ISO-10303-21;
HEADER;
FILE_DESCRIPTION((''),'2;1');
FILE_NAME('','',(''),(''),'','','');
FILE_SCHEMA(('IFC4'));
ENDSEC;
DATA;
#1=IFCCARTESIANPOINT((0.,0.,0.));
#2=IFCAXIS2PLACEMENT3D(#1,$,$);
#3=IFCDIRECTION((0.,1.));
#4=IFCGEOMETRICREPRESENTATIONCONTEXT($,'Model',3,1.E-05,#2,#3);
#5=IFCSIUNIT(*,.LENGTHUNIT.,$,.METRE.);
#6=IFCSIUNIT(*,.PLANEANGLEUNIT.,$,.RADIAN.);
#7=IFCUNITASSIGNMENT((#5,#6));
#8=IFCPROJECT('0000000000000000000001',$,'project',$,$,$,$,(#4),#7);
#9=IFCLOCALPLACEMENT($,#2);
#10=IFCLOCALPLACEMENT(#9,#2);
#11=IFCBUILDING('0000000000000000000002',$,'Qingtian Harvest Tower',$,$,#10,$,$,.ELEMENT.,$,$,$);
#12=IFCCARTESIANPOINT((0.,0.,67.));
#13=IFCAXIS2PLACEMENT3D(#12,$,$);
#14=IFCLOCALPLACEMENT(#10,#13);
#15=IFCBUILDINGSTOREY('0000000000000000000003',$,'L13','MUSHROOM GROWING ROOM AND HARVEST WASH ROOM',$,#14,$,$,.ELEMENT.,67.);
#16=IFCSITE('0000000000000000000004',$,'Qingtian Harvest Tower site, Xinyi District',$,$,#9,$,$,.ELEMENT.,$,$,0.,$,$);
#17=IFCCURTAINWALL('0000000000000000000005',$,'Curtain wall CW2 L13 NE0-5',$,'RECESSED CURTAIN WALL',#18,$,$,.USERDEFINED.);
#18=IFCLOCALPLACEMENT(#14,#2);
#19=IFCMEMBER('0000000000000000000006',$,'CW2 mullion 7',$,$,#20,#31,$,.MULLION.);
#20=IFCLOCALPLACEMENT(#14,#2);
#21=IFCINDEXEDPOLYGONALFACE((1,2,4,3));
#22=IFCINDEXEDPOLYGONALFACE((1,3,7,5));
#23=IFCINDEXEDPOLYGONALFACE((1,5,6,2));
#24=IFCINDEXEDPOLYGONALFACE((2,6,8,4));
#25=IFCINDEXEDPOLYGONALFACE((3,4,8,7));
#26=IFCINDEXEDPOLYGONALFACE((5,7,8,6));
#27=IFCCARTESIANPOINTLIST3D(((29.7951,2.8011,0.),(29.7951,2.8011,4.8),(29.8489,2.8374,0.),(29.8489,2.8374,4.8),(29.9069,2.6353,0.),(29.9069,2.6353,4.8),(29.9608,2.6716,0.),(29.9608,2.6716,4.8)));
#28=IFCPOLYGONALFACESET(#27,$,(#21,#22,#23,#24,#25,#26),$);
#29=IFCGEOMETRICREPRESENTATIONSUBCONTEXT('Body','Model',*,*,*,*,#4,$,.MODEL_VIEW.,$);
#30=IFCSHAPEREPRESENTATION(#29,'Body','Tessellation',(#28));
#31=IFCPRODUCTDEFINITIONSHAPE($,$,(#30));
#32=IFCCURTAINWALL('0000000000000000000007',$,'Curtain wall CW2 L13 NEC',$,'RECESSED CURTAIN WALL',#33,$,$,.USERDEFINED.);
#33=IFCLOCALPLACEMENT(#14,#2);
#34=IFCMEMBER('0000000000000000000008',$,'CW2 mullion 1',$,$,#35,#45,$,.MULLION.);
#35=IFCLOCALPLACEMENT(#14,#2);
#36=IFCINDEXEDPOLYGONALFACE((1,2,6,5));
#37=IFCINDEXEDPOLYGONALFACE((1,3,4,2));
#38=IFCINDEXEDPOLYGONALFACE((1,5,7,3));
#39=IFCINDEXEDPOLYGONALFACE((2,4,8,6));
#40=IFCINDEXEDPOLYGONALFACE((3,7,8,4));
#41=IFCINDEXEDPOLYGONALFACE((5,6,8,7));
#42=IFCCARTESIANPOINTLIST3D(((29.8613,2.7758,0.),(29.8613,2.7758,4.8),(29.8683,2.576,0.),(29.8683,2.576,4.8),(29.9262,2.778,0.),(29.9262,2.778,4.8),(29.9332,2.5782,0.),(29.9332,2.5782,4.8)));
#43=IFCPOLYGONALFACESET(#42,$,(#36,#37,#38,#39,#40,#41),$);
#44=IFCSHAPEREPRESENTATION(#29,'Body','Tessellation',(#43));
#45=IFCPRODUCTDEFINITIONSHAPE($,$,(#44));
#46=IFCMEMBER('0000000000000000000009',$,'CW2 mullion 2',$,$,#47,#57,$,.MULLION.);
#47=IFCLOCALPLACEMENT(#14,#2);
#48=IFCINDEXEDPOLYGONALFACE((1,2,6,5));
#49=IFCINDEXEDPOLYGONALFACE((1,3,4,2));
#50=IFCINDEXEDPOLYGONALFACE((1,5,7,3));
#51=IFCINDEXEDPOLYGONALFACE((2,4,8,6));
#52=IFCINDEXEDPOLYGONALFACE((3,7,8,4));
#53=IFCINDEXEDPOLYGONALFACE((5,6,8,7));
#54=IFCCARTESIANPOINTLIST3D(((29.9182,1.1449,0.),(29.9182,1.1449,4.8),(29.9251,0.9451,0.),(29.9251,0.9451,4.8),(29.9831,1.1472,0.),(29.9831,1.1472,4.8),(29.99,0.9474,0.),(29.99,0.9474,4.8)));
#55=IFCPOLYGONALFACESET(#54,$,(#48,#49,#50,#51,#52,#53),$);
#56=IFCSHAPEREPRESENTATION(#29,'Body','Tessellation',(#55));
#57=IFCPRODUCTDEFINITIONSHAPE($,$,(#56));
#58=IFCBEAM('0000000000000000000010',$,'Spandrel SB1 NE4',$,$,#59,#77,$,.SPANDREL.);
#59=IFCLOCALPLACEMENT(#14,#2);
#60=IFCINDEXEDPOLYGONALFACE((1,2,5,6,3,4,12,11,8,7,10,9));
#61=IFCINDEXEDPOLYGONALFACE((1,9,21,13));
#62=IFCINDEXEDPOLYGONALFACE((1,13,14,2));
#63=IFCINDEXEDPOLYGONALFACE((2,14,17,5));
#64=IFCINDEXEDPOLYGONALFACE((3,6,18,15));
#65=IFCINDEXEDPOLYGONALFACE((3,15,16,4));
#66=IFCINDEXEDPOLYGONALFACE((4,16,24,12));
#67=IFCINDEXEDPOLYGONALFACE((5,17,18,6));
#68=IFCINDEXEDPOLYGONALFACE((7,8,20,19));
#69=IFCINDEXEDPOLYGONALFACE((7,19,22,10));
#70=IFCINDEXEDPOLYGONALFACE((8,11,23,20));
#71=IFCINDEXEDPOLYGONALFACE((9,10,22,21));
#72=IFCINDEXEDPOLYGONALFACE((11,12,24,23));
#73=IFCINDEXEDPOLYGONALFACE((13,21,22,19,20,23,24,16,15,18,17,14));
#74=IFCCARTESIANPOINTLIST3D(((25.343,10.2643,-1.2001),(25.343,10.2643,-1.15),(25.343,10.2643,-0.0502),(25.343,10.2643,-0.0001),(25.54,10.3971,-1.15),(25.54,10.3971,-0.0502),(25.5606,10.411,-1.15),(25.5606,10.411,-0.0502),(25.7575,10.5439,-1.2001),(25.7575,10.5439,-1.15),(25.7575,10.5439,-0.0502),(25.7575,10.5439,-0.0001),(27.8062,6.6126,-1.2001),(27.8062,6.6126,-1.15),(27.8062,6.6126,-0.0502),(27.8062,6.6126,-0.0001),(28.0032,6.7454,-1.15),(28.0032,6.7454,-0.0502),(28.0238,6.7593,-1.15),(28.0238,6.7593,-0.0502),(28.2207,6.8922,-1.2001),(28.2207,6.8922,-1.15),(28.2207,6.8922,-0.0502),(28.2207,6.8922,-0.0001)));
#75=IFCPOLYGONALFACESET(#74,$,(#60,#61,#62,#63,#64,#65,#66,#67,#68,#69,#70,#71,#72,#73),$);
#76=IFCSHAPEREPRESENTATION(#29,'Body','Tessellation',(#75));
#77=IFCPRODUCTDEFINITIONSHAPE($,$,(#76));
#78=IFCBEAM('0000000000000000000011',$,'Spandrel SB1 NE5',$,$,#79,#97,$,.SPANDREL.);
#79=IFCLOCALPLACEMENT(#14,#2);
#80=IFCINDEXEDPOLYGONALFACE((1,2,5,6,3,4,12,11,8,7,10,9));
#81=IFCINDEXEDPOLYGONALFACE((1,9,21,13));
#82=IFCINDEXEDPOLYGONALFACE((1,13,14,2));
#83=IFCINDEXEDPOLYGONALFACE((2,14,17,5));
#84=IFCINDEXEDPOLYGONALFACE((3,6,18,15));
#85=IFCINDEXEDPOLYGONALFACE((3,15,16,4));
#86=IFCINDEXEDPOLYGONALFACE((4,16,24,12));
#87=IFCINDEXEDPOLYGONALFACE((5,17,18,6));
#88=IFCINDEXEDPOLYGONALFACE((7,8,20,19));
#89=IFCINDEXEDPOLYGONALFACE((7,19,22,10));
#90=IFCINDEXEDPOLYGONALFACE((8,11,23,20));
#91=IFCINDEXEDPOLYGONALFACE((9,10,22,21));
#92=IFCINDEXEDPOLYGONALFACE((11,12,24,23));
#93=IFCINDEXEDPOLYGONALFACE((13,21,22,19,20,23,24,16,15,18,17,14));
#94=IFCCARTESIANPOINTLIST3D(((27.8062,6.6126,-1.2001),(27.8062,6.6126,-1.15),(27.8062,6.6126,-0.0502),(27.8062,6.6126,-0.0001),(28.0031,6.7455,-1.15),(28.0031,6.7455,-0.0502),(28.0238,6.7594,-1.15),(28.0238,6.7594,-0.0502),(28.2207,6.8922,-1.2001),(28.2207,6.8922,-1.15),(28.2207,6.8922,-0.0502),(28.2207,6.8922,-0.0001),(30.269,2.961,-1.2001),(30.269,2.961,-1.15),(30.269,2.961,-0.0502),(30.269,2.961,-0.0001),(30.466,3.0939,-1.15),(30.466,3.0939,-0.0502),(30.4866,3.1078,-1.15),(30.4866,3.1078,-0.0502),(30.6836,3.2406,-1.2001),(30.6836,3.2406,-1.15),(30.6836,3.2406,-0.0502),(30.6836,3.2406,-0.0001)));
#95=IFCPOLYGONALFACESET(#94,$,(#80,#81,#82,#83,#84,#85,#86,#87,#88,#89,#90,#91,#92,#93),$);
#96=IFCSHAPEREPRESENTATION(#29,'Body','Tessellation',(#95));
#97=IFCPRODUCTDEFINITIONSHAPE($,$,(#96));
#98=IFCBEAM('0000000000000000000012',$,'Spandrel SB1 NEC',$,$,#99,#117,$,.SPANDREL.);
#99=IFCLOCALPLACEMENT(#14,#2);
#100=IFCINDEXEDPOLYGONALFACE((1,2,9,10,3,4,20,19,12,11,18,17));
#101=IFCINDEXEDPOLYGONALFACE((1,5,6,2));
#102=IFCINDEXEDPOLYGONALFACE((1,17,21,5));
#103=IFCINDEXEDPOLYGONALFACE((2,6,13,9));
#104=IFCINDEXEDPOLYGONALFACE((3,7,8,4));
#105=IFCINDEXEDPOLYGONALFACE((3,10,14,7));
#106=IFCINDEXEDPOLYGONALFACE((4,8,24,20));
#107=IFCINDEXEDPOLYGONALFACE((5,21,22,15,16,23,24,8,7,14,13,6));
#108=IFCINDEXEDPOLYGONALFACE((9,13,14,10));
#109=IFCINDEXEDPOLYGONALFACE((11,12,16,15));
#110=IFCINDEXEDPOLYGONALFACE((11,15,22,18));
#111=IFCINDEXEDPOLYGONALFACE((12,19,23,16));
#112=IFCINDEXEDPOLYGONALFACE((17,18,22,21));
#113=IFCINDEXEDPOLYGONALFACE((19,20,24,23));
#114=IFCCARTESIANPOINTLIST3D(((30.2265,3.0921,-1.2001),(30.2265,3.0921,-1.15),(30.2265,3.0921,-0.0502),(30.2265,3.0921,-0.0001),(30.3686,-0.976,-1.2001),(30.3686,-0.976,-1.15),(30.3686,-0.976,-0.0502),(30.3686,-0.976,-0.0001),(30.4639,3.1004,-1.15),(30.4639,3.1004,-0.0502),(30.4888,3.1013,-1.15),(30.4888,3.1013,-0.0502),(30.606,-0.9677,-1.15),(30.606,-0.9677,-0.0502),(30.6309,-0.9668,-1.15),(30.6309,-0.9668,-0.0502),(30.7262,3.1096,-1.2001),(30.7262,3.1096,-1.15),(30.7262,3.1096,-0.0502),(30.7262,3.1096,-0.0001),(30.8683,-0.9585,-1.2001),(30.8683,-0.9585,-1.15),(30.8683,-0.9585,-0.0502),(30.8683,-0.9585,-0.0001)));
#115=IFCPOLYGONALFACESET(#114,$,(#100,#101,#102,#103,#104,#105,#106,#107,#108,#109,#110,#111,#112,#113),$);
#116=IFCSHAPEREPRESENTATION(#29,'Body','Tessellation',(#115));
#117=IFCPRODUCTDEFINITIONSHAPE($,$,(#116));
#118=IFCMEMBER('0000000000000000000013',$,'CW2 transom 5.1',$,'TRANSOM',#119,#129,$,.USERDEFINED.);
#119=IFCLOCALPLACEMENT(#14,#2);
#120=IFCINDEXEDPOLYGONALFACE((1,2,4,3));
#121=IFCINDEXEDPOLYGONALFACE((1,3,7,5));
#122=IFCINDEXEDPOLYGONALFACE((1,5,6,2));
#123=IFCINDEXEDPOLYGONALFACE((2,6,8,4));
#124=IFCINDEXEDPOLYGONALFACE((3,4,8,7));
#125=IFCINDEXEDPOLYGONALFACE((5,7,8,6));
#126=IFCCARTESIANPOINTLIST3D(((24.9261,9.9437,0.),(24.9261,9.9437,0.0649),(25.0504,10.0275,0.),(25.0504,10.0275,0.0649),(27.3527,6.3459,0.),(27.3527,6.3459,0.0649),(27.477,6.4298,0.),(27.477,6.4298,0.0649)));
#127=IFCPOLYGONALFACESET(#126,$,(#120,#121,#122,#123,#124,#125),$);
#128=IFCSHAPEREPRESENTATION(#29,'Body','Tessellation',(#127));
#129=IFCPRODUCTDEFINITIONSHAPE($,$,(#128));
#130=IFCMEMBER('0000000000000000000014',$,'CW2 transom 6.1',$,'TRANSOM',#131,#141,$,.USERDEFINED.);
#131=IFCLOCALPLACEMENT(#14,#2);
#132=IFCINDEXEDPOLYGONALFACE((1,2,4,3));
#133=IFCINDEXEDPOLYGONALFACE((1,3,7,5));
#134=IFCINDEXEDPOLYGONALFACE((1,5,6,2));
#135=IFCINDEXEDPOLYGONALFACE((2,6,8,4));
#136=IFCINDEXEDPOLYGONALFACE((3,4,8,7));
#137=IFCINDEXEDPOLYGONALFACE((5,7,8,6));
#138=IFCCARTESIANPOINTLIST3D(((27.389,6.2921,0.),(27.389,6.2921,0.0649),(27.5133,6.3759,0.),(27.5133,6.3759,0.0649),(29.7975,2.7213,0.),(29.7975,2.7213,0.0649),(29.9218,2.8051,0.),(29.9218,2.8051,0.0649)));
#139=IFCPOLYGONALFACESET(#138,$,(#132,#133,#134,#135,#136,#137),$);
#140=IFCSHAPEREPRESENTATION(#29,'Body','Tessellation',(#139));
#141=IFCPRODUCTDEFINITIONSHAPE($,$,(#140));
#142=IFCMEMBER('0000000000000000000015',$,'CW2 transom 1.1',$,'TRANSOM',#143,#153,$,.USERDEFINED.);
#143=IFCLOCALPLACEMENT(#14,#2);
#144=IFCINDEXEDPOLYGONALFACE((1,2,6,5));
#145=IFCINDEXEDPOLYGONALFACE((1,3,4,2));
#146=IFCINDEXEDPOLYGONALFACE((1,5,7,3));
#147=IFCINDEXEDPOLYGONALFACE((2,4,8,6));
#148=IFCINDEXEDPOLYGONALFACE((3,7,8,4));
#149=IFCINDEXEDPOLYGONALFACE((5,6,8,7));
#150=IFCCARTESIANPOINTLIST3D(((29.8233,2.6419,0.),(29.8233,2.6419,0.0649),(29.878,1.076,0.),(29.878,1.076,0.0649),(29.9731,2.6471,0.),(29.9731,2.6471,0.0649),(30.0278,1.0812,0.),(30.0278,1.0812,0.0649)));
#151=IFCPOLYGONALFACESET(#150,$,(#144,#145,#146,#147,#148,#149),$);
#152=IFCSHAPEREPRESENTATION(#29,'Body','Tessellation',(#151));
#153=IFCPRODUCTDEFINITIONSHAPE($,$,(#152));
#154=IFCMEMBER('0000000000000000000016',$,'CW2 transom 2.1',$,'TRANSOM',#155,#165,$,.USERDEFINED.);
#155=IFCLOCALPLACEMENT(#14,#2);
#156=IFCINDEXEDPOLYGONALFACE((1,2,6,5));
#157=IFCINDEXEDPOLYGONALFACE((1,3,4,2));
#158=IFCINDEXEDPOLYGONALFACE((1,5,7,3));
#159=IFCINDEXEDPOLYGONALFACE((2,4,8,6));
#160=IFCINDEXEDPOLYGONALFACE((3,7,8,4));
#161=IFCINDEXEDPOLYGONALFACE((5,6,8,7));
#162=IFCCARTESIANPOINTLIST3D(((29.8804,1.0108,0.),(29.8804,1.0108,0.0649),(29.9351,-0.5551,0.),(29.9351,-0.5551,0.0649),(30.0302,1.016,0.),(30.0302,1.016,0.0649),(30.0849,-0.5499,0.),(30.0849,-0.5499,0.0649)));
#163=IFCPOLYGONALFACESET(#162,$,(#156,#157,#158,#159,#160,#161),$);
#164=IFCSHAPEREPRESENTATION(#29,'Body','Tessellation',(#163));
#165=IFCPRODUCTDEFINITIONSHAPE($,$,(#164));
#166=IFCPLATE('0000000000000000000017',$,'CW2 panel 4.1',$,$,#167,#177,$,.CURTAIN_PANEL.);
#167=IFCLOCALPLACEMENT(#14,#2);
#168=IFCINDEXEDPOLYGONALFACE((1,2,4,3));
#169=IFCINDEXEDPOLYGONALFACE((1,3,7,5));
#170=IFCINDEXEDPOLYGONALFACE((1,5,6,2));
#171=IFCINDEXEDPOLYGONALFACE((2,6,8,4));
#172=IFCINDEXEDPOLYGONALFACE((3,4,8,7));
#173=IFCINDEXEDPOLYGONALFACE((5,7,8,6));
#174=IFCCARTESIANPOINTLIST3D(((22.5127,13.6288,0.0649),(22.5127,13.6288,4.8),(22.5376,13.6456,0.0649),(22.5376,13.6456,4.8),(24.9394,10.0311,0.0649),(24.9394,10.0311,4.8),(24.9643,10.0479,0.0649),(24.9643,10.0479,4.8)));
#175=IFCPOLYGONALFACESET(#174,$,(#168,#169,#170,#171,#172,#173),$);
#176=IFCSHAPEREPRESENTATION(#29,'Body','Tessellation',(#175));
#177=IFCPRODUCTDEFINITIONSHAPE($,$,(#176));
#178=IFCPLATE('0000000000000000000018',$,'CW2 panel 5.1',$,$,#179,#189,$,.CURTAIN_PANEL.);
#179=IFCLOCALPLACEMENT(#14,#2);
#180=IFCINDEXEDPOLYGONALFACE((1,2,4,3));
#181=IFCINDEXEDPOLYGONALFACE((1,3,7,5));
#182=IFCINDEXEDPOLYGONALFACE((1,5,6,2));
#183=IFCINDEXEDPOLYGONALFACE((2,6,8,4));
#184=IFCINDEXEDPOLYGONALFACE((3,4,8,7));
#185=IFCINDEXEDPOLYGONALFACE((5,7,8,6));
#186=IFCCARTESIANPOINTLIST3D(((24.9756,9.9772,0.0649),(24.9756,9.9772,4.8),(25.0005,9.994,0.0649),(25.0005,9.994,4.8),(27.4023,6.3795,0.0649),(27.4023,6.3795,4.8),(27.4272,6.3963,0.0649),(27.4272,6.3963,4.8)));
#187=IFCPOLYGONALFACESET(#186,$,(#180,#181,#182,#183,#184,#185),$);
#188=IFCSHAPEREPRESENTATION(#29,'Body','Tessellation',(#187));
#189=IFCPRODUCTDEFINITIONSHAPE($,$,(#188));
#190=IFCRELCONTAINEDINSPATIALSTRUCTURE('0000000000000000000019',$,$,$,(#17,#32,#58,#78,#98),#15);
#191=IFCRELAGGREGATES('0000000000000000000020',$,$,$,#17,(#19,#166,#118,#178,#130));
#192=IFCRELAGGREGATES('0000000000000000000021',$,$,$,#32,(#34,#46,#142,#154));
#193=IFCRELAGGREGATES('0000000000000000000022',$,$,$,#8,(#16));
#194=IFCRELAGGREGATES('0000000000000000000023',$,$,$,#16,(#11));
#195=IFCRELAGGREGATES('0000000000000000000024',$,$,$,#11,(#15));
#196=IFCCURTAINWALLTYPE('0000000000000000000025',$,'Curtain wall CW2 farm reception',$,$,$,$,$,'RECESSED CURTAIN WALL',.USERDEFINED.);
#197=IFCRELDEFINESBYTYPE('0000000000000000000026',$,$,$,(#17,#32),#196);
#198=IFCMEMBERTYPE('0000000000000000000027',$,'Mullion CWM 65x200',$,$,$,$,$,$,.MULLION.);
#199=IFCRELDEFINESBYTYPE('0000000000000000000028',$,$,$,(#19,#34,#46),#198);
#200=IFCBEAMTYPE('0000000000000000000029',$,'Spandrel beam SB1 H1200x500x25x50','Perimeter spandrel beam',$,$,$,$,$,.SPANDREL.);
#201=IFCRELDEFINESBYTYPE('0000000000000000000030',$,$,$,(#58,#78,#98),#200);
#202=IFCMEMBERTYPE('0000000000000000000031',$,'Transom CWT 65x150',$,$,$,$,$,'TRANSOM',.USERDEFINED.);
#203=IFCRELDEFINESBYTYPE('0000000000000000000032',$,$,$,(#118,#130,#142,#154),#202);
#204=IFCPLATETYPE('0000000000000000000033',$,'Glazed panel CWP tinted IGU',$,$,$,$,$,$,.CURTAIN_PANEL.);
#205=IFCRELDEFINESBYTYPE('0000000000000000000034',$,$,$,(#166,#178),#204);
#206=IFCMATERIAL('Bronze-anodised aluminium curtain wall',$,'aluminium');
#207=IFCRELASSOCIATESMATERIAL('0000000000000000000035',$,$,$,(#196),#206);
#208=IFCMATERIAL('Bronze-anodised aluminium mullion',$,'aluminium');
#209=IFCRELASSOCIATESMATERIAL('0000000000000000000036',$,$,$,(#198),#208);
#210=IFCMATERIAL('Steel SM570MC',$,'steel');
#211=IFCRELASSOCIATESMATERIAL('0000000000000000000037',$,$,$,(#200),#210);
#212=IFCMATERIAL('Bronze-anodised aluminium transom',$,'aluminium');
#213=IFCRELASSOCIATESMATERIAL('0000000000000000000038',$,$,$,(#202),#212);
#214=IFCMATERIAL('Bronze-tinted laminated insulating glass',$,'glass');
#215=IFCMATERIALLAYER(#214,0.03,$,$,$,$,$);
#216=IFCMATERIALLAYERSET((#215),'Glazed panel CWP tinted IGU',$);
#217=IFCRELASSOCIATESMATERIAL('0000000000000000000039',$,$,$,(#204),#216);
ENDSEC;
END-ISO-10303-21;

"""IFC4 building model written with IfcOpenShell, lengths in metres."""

from ifc_helpers import new_model, si_unit, direction, frame, origin, origin_2d, place, context, subcontext, project, spatial, rectangle, i_section, extrude, material, layer, layer_set, material_profile, profile_set, type_object, element, aggregate, save


model = new_model("IFC4")

# Units and contexts
model_context = context("Model", 3, precision=1e-05, world=origin(), true_north=direction((0.0, 1.0)))
body_context = subcontext(model_context, "Body", "Model", "MODEL_VIEW")
ifc_project = project(units=[si_unit("LENGTHUNIT", "METRE"), si_unit("PLANEANGLEUNIT", "RADIAN")], contexts=[model_context])

# Site, building, storey
site_placement = place(None, origin())
site = spatial("IfcSite", under=ifc_project, at=site_placement, Name="Qingtian Harvest Tower site, Xinyi District", CompositionType="ELEMENT", RefElevation=0.0)
building_placement = place(site_placement, origin())
building = spatial("IfcBuilding", under=site, at=building_placement, Name="Qingtian Harvest Tower", CompositionType="ELEMENT")
storey_placement = place(building_placement, frame((0.0, 0.0, 67.0)))
storey = spatial("IfcBuildingStorey", under=building, at=storey_placement, Name="L13", Description="MUSHROOM GROWING ROOM AND HARVEST WASH ROOM", CompositionType="ELEMENT", Elevation=67.0)

# Curtain walls, members
ifc_material_1 = material(Name="Bronze-anodised aluminium curtain wall", Category="aluminium")
curtain_wall_type = type_object("IfcCurtainWallType", Name="Curtain wall CW2 farm reception", ElementType="RECESSED CURTAIN WALL", PredefinedType="USERDEFINED", material=ifc_material_1)
curtain_wall_1_placement = place(storey_placement, origin())
curtain_wall_1 = element("IfcCurtainWall", 1, at=curtain_wall_1_placement, inside=storey, type_object=curtain_wall_type, Name="Curtain wall CW2 L13 NE0-5", ObjectType="RECESSED CURTAIN WALL", PredefinedType="USERDEFINED")
ifc_material_2 = material(Name="Bronze-anodised aluminium mullion", Category="aluminium")
ifc_material_profile_1 = material_profile(ifc_material_2, rectangle(XDim=0.0649, YDim=0.2, at=origin_2d()), Name="AL 65x200")
ifc_profile_set_1 = profile_set([ifc_material_profile_1], Name="Bronze-anodised aluminium mullion")
member_type_1 = type_object("IfcMemberType", Name="Mullion CWM 65x200", PredefinedType="MULLION", material=ifc_profile_set_1)
member_1_placement = place(storey_placement, frame((29.8779, 2.7363, 0.0), z_axis=(0.0, 0.0, 1.0), x_axis=(0.829038, 0.559193, 0.0)))
member_1 = element("IfcMember", 2, at=member_1_placement, type_object=member_type_1, Name="CW2 mullion 7", PredefinedType="MULLION", context=body_context, shape_type="SweptSolid", body=[
    extrude(rectangle(XDim=0.0649, YDim=0.2, at=origin_2d()), origin(), (0.0, 0.0, 1.0), 4.8),
])
curtain_wall_2_placement = place(storey_placement, origin())
curtain_wall_2 = element("IfcCurtainWall", 3, at=curtain_wall_2_placement, inside=storey, type_object=curtain_wall_type, Name="Curtain wall CW2 L13 NEC", ObjectType="RECESSED CURTAIN WALL", PredefinedType="USERDEFINED")
member_2_placement = place(storey_placement, frame((29.8972, 2.677, 0.0), z_axis=(0.0, 0.0, 1.0), x_axis=(0.999391, 0.034899, 0.0)))
member_2 = element("IfcMember", 4, at=member_2_placement, type_object=member_type_1, Name="CW2 mullion 1", PredefinedType="MULLION", context=body_context, shape_type="SweptSolid", body=[
    extrude(rectangle(XDim=0.0649, YDim=0.2, at=origin_2d()), origin(), (0.0, 0.0, 1.0), 4.8),
])
member_3_placement = place(storey_placement, frame((29.9541, 1.0461, 0.0), z_axis=(0.0, 0.0, 1.0), x_axis=(0.999391, 0.034899, 0.0)))
member_3 = element("IfcMember", 5, at=member_3_placement, type_object=member_type_1, Name="CW2 mullion 2", PredefinedType="MULLION", context=body_context, shape_type="SweptSolid", body=[
    extrude(rectangle(XDim=0.0649, YDim=0.2, at=origin_2d()), origin(), (0.0, 0.0, 1.0), 4.8),
])

# Beams
ifc_material_3 = material(Name="Steel SM570MC", Category="steel")
ifc_material_profile_2 = material_profile(ifc_material_3, i_section(OverallWidth=0.5, OverallDepth=1.2, WebThickness=0.0249, FlangeThickness=0.05, at=origin_2d()), Name="H1200x500x25x50")
ifc_profile_set_2 = profile_set([ifc_material_profile_2], Name="Steel SM570MC")
beam_type_1 = type_object("IfcBeamType", Name="Spandrel beam SB1 H1200x500x25x50", Description="Perimeter spandrel beam", PredefinedType="SPANDREL", material=ifc_profile_set_2)
beam_1_placement = place(storey_placement, frame((25.5503, 10.4041, -0.6001), z_axis=(0.559207, -0.829028, 0.0), x_axis=(0.829028, 0.559207, 0.0)))
element("IfcBeam", 6, at=beam_1_placement, inside=storey, type_object=beam_type_1, Name="Spandrel SB1 NE4", PredefinedType="SPANDREL", context=body_context, shape_type="SweptSolid", body=[
    extrude(i_section(OverallWidth=0.5, OverallDepth=1.2, WebThickness=0.0249, FlangeThickness=0.05, at=origin_2d()), origin(), (0.0, 0.0, 1.0), 4.4048),
])
beam_2_placement = place(storey_placement, frame((28.0134, 6.7524, -0.6001), z_axis=(0.559169, -0.829054, 0.0), x_axis=(0.829054, 0.559169, 0.0)))
element("IfcBeam", 7, at=beam_2_placement, inside=storey, type_object=beam_type_1, Name="Spandrel SB1 NE5", PredefinedType="SPANDREL", context=body_context, shape_type="SweptSolid", body=[
    extrude(i_section(OverallWidth=0.5, OverallDepth=1.2, WebThickness=0.0249, FlangeThickness=0.05, at=origin_2d()), origin(), (0.0, 0.0, 1.0), 4.4045),
])
beam_3_placement = place(storey_placement, frame((30.4763, 3.1008, -0.6001), z_axis=(0.034906, -0.999391, 0.0), x_axis=(0.999391, 0.034906, 0.0)))
element("IfcBeam", 8, at=beam_3_placement, inside=storey, type_object=beam_type_1, Name="Spandrel SB1 NEC", PredefinedType="SPANDREL", context=body_context, shape_type="SweptSolid", body=[
    extrude(i_section(OverallWidth=0.5, OverallDepth=1.2, WebThickness=0.0249, FlangeThickness=0.05, at=origin_2d()), origin(), (0.0, 0.0, 1.0), 4.0706),
])

# Members
ifc_material_4 = material(Name="Bronze-anodised aluminium transom", Category="aluminium")
ifc_material_profile_3 = material_profile(ifc_material_4, rectangle(XDim=0.1499, YDim=0.0649, at=origin_2d()), Name="AL 65x150")
ifc_profile_set_3 = profile_set([ifc_material_profile_3], Name="Bronze-anodised aluminium transom")
member_type_2 = type_object("IfcMemberType", Name="Transom CWT 65x150", ElementType="TRANSOM", PredefinedType="USERDEFINED", material=ifc_profile_set_3)
member_4_placement = place(storey_placement, frame((24.9883, 9.9856, 0.0325), z_axis=(0.559171, -0.829052, 0.0), x_axis=(0.829052, 0.559171, 0.0)))
member_4 = element("IfcMember", 9, at=member_4_placement, type_object=member_type_2, Name="CW2 transom 5.1", ObjectType="TRANSOM", PredefinedType="USERDEFINED", context=body_context, shape_type="SweptSolid", body=[
    extrude(rectangle(XDim=0.1499, YDim=0.0649, at=origin_2d()), origin(), (0.0, 0.0, 1.0), 4.3396),
])
member_5_placement = place(storey_placement, frame((27.4512, 6.334, 0.0325), z_axis=(0.559179, -0.829047, 0.0), x_axis=(0.829047, 0.559179, 0.0)))
member_5 = element("IfcMember", 10, at=member_5_placement, type_object=member_type_2, Name="CW2 transom 6.1", ObjectType="TRANSOM", PredefinedType="USERDEFINED", context=body_context, shape_type="SweptSolid", body=[
    extrude(rectangle(XDim=0.1499, YDim=0.0649, at=origin_2d()), origin(), (0.0, 0.0, 1.0), 4.3071),
])
member_6_placement = place(storey_placement, frame((29.8982, 2.6445, 0.0325), z_axis=(0.034902, -0.999391, 0.0), x_axis=(0.999391, 0.034902, 0.0)))
member_6 = element("IfcMember", 11, at=member_6_placement, type_object=member_type_2, Name="CW2 transom 1.1", ObjectType="TRANSOM", PredefinedType="USERDEFINED", context=body_context, shape_type="SweptSolid", body=[
    extrude(rectangle(XDim=0.1499, YDim=0.0649, at=origin_2d()), origin(), (0.0, 0.0, 1.0), 1.5669),
])
member_7_placement = place(storey_placement, frame((29.9553, 1.0134, 0.0325), z_axis=(0.034902, -0.999391, 0.0), x_axis=(0.999391, 0.034902, 0.0)))
member_7 = element("IfcMember", 12, at=member_7_placement, type_object=member_type_2, Name="CW2 transom 2.1", ObjectType="TRANSOM", PredefinedType="USERDEFINED", context=body_context, shape_type="SweptSolid", body=[
    extrude(rectangle(XDim=0.1499, YDim=0.0649, at=origin_2d()), origin(), (0.0, 0.0, 1.0), 1.5669),
])

# Plates
ifc_material_5 = material(Name="Bronze-tinted laminated insulating glass", Category="glass")
ifc_layer_1 = layer(ifc_material_5, 0.03)
ifc_layer_set_1 = layer_set([ifc_layer_1], Name="Glazed panel CWP tinted IGU")
plate_type = type_object("IfcPlateType", Name="Glazed panel CWP tinted IGU", PredefinedType="CURTAIN_PANEL", material=ifc_layer_set_1)
plate_1_placement = place(storey_placement, frame((23.7385, 11.8384, 0.0649), z_axis=(0.0, 0.0, 1.0), x_axis=(0.559193, -0.829038, 0.0)))
plate_1 = element("IfcPlate", 13, at=plate_1_placement, type_object=plate_type, Name="CW2 panel 4.1", PredefinedType="CURTAIN_PANEL", context=body_context, shape_type="SweptSolid", body=[
    extrude(rectangle(XDim=4.3396, YDim=0.03, at=origin_2d()), origin(), (0.0, 0.0, 1.0), 4.7351),
])
plate_2_placement = place(storey_placement, frame((26.2014, 8.1868, 0.0649), z_axis=(0.0, 0.0, 1.0), x_axis=(0.559193, -0.829038, 0.0)))
plate_2 = element("IfcPlate", 14, at=plate_2_placement, type_object=plate_type, Name="CW2 panel 5.1", PredefinedType="CURTAIN_PANEL", context=body_context, shape_type="SweptSolid", body=[
    extrude(rectangle(XDim=4.3396, YDim=0.03, at=origin_2d()), origin(), (0.0, 0.0, 1.0), 4.7351),
])
aggregate(curtain_wall_1, [member_1, plate_1, member_4, plate_2, member_5])
aggregate(curtain_wall_2, [member_2, member_3, member_6, member_7])

save(model, "model.ifc")
